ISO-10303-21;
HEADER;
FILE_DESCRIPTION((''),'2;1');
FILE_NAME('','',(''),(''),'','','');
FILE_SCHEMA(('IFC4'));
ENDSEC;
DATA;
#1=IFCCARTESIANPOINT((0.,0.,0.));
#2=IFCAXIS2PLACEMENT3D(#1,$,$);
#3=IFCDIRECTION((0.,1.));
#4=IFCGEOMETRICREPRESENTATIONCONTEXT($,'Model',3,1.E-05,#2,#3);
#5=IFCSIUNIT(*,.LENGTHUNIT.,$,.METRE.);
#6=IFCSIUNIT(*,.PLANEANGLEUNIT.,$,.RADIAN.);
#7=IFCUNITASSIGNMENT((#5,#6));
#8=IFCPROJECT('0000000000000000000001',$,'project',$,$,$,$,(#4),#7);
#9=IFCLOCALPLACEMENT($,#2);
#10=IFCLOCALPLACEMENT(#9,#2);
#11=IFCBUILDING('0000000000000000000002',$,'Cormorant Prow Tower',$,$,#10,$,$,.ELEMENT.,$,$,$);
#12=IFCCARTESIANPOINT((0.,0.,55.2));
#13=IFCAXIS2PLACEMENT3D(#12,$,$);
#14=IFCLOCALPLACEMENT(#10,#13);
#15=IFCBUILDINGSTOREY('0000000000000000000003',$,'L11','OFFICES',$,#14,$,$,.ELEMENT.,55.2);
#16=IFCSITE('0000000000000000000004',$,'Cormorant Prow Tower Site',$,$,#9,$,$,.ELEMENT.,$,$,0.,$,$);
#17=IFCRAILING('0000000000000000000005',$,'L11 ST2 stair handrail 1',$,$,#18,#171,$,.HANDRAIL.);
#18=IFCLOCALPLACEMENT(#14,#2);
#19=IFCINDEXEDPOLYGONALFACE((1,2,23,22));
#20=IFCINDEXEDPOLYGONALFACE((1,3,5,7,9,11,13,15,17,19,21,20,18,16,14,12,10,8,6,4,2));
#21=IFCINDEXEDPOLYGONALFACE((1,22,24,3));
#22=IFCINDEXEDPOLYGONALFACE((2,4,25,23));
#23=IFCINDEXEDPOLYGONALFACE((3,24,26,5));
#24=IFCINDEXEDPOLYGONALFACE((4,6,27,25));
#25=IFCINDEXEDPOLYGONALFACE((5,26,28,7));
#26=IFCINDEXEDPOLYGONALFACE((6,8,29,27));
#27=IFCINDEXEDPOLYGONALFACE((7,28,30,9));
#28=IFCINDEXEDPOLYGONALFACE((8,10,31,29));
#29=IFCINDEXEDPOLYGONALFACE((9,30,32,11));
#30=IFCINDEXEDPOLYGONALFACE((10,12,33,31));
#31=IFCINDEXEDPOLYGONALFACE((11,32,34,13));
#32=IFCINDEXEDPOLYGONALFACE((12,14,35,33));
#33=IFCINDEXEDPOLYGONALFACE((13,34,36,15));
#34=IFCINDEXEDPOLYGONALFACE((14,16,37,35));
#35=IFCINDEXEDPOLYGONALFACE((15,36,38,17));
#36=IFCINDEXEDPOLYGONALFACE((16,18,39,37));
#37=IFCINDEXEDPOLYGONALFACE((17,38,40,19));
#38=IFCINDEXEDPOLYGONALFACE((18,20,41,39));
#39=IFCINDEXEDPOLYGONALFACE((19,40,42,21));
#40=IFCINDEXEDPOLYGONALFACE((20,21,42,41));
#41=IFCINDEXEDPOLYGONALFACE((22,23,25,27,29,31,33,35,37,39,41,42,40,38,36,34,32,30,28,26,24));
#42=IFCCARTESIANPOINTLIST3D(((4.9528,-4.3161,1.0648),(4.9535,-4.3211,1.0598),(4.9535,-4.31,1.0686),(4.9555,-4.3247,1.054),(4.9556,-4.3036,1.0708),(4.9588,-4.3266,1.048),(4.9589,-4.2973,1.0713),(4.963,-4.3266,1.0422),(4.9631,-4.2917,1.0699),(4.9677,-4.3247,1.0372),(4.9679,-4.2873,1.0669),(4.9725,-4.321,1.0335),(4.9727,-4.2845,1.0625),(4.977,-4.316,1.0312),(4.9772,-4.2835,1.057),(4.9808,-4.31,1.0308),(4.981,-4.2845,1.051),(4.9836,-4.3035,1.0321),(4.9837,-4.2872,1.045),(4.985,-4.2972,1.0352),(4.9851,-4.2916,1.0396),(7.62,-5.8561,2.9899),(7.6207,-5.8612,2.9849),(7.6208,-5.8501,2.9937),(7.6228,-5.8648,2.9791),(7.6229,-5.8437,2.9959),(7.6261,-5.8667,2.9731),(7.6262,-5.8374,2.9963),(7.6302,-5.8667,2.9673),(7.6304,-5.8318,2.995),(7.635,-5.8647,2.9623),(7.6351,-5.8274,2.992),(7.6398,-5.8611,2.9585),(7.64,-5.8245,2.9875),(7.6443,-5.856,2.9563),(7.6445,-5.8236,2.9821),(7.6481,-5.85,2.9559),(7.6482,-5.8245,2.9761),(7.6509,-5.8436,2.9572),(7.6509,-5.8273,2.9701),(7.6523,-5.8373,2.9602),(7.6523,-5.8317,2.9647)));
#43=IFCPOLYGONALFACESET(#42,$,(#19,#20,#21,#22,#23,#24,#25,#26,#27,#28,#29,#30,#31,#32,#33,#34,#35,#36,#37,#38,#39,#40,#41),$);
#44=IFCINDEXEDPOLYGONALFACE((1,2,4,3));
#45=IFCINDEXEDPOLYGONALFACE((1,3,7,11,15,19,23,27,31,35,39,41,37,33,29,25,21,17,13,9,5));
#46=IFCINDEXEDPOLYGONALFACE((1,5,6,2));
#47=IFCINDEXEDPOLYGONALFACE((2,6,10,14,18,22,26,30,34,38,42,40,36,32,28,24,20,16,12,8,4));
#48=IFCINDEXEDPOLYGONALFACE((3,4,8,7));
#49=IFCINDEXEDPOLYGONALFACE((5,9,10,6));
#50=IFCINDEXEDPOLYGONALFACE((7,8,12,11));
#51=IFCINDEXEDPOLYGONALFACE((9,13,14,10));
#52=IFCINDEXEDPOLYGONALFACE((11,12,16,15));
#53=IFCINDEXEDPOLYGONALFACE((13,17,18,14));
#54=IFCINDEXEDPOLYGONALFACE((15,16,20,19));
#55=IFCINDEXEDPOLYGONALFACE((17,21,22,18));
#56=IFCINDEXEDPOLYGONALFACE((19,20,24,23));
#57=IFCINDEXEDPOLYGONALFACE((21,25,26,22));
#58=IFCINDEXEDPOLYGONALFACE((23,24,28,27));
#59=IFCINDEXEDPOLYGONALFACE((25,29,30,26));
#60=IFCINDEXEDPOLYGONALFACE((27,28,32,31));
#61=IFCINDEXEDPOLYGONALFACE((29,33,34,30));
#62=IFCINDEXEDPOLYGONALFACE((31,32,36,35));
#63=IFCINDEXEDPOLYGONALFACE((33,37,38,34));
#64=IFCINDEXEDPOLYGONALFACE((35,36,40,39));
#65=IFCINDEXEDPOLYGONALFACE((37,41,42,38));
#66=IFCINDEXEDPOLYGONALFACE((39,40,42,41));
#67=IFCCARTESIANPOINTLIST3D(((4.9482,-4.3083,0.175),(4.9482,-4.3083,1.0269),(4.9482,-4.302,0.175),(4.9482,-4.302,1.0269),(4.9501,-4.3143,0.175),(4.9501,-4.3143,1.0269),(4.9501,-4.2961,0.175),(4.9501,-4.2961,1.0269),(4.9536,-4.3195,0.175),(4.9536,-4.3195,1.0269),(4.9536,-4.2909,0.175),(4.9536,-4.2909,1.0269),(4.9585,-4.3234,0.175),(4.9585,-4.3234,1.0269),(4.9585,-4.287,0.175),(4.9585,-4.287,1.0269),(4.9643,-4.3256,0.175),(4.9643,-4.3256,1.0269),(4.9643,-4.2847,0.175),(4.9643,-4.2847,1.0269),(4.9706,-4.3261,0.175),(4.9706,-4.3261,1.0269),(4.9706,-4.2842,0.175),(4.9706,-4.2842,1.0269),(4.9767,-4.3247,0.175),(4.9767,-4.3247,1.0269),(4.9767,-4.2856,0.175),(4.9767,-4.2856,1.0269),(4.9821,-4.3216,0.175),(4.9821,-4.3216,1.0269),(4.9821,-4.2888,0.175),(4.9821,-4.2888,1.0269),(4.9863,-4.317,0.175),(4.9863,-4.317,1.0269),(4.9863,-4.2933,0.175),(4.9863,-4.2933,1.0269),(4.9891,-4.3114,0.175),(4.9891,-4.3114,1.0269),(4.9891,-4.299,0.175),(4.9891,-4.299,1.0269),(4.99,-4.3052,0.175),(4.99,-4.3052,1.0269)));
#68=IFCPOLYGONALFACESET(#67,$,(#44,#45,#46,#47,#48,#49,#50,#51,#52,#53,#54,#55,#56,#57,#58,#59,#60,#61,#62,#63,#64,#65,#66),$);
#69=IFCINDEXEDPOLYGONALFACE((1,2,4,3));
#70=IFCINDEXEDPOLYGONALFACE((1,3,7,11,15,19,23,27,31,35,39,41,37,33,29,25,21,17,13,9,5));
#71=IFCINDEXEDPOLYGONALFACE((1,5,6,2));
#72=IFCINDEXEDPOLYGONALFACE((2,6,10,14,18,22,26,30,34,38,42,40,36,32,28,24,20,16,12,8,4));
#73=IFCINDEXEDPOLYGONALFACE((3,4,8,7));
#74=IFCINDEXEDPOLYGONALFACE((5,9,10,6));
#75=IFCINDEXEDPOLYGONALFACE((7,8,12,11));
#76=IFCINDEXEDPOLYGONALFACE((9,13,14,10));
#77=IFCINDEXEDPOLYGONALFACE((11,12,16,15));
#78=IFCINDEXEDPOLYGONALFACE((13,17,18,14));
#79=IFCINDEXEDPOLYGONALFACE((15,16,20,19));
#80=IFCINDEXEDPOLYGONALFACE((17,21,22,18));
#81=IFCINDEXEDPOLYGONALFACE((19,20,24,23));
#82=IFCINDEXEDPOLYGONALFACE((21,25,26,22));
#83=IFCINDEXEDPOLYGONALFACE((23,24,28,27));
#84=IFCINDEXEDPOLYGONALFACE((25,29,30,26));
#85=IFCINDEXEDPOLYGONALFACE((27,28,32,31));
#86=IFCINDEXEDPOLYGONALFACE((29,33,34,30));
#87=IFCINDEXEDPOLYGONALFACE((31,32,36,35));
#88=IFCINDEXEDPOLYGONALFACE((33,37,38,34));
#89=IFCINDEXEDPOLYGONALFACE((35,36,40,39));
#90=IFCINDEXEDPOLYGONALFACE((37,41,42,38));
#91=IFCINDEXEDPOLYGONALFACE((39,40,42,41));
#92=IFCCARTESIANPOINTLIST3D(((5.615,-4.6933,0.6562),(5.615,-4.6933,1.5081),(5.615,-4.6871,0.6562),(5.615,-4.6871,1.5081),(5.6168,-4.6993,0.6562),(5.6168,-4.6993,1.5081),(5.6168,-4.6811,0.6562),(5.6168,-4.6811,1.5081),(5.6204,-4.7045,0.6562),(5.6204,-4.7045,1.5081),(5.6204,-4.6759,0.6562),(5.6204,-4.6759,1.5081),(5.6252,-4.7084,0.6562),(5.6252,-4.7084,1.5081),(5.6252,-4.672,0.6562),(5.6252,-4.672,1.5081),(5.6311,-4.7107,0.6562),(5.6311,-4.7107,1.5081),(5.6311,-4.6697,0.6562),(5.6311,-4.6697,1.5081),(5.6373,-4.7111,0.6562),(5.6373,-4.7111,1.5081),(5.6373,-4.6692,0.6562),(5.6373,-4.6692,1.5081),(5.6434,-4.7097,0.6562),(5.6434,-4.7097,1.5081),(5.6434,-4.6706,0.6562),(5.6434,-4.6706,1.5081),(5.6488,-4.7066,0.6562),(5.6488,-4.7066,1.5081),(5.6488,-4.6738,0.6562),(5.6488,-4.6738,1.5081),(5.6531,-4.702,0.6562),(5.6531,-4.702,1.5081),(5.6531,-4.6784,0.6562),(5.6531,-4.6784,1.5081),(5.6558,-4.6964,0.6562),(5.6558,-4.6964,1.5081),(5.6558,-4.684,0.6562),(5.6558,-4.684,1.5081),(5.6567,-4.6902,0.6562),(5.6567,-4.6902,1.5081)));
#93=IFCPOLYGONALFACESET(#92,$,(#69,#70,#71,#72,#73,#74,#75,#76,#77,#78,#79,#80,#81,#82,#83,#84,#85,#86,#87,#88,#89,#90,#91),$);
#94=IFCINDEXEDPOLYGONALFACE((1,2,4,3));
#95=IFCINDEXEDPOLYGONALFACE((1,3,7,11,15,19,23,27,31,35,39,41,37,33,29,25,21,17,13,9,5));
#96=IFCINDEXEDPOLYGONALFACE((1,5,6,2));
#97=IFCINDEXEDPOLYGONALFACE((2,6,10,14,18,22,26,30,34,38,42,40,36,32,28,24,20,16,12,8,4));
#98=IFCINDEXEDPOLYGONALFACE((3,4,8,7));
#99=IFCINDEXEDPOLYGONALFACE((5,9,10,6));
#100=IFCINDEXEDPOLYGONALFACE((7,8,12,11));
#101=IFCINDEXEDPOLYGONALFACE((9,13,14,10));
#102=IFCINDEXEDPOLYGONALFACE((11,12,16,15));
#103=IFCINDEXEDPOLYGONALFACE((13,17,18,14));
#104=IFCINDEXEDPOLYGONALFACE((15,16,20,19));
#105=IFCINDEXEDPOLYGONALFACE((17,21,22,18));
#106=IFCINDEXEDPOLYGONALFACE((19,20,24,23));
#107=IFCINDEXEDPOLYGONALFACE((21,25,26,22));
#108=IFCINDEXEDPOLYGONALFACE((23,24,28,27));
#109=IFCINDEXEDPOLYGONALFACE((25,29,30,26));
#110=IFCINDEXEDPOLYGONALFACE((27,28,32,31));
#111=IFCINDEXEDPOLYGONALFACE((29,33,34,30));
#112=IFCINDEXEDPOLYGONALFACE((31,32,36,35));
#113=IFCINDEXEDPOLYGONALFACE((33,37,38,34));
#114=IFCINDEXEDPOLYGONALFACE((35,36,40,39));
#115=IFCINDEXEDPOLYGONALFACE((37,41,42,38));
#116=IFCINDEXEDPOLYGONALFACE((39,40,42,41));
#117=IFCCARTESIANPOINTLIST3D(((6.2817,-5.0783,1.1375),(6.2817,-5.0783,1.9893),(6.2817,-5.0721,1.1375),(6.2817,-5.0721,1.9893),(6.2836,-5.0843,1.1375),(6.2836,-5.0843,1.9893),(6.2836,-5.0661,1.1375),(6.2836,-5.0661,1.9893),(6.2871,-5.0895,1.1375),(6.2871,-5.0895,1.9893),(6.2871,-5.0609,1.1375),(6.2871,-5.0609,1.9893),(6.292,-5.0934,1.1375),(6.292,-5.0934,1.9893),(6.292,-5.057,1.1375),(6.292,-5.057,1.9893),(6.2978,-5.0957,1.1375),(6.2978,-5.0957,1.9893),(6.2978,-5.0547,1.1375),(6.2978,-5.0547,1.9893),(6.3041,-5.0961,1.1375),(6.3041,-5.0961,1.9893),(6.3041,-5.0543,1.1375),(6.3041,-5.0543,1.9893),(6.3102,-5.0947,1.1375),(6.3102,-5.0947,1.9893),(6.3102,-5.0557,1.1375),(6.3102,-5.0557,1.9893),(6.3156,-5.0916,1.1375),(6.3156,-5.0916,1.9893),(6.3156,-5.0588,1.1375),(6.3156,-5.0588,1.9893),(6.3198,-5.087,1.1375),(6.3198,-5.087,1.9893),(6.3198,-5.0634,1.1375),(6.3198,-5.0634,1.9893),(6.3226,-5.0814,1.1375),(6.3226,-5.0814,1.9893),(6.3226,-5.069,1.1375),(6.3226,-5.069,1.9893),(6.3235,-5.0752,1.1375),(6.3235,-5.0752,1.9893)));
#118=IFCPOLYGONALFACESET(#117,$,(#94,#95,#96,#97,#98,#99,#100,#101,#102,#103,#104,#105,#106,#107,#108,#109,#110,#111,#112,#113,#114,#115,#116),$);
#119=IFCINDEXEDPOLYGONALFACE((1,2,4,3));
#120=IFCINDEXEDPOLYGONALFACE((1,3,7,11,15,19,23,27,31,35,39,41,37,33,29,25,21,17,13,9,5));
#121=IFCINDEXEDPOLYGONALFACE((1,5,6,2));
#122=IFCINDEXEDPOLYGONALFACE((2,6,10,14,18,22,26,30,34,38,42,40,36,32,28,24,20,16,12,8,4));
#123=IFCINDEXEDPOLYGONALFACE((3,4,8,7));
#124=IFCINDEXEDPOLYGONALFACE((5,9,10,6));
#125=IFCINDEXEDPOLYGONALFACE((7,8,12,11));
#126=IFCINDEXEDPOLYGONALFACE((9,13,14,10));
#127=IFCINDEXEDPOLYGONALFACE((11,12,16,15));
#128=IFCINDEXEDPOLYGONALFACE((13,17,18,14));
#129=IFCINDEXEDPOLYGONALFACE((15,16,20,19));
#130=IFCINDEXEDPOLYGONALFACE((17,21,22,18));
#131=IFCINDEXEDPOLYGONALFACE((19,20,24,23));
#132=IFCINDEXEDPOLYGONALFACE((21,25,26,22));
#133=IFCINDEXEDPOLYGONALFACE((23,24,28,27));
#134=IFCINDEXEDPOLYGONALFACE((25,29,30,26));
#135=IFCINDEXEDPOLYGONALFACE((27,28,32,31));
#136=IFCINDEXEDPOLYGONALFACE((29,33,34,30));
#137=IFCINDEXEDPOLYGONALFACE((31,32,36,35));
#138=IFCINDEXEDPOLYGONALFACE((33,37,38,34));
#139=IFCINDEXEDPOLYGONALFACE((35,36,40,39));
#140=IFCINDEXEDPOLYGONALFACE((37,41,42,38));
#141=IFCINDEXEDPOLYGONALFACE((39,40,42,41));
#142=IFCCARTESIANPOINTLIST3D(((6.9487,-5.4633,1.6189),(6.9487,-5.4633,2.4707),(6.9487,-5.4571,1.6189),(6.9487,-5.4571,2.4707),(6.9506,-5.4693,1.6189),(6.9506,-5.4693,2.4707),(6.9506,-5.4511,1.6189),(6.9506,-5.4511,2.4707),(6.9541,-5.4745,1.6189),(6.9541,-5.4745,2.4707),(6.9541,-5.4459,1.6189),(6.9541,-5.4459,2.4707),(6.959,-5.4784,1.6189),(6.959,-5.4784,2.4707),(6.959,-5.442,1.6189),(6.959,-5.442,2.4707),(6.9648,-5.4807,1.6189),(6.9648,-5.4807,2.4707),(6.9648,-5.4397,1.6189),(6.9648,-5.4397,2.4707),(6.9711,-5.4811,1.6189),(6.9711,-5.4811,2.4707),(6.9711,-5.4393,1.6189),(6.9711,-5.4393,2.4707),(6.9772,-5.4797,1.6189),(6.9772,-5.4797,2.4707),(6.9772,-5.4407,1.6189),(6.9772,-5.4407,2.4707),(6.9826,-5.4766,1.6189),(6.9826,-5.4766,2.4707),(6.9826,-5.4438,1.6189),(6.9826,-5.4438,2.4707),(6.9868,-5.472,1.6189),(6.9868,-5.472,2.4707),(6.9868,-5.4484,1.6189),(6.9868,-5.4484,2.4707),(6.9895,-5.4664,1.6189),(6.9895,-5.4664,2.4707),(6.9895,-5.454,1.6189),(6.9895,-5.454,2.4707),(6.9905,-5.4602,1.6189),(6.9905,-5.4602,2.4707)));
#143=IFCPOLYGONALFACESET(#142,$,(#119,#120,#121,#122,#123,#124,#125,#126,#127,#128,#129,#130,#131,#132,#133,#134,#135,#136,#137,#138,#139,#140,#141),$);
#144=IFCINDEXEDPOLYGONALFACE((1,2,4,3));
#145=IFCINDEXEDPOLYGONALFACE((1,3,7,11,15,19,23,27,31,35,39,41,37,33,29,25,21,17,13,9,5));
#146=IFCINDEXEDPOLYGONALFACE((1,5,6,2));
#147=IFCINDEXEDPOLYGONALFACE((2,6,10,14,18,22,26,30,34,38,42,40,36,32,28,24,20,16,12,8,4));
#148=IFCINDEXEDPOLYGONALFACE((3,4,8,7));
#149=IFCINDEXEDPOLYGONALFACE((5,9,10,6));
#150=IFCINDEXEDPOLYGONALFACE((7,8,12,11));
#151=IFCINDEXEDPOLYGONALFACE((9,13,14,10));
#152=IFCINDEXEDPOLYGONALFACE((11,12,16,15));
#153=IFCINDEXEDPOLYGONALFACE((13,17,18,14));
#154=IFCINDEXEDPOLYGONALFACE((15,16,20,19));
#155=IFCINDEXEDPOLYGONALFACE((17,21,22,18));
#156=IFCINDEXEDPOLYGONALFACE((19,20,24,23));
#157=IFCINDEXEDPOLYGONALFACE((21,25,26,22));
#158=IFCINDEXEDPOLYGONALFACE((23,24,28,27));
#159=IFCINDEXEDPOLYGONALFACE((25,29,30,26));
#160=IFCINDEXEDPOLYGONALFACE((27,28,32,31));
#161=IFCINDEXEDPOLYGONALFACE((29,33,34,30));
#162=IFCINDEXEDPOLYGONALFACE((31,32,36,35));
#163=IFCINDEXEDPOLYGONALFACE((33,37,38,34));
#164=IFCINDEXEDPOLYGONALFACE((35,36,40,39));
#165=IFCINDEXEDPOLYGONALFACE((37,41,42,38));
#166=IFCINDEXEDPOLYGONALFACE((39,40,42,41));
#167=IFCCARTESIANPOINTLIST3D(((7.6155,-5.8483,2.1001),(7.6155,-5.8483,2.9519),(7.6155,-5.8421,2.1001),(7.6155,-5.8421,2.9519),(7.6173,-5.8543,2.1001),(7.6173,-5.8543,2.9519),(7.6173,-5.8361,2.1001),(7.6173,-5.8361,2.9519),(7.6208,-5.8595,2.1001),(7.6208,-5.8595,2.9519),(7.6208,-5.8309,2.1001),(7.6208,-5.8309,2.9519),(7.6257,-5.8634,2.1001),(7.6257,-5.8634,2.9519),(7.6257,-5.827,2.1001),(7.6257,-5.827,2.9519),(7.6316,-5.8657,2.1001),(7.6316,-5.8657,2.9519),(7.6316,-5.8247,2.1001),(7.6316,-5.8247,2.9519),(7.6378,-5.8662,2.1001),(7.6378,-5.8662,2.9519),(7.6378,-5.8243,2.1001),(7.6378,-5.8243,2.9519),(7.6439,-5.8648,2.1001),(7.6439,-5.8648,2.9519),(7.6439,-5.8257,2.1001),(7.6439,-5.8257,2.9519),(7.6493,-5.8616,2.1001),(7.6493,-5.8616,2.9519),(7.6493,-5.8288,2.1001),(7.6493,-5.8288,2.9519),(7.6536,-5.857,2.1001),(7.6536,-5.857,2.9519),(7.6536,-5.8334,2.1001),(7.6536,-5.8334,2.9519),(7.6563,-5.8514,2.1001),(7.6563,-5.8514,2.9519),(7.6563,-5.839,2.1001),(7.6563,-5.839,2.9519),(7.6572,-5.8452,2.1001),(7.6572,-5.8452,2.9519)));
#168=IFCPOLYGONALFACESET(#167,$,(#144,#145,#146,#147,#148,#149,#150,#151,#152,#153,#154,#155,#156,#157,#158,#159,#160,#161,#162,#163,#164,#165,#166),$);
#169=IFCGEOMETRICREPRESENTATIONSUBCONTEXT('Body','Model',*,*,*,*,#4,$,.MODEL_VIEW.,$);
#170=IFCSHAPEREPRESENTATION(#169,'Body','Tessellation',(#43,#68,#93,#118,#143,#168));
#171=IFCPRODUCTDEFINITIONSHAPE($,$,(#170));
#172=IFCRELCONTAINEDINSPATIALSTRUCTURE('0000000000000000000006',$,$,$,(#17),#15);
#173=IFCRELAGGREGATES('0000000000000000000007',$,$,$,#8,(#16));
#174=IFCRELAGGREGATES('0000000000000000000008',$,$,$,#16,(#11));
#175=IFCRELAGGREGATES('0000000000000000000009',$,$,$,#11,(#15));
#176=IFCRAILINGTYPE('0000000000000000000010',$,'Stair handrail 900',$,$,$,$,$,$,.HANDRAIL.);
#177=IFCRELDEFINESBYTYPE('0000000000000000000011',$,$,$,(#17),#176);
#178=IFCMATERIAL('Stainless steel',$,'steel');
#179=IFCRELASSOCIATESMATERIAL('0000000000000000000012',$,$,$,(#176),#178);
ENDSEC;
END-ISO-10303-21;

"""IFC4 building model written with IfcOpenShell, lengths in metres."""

from ifc_helpers import new_model, si_unit, direction, frame, origin, origin_2d, place, context, subcontext, project, spatial, circle, extrude, material, type_object, element, save


model = new_model("IFC4")

# Units and contexts
model_context = context("Model", 3, precision=1e-05, world=origin(), true_north=direction((0.0, 1.0)))
body_context = subcontext(model_context, "Body", "Model", "MODEL_VIEW")
ifc_project = project(units=[si_unit("LENGTHUNIT", "METRE"), si_unit("PLANEANGLEUNIT", "RADIAN")], contexts=[model_context])

# Site, building, storey
site_placement = place(None, origin())
site = spatial("IfcSite", under=ifc_project, at=site_placement, Name="Cormorant Prow Tower Site", CompositionType="ELEMENT", RefElevation=0.0)
building_placement = place(site_placement, origin())
building = spatial("IfcBuilding", under=site, at=building_placement, Name="Cormorant Prow Tower", CompositionType="ELEMENT")
storey_placement = place(building_placement, frame((0.0, 0.0, 55.2)))
storey = spatial("IfcBuildingStorey", under=building, at=storey_placement, Name="L11", Description="OFFICES", CompositionType="ELEMENT", Elevation=55.2)

# Railing
ifc_material_1 = material(Name="Stainless steel", Category="steel")
railing_type_1 = type_object("IfcRailingType", Name="Stair handrail 900", PredefinedType="HANDRAIL", material=ifc_material_1)
railing_1_placement = place(storey_placement, frame((4.969, -4.3052, 0.175)))
element("IfcRailing", 1, at=railing_1_placement, inside=storey, type_object=railing_type_1, Name="L11 ST2 stair handrail 1", PredefinedType="HANDRAIL", context=body_context, shape_type="SweptSolid", body=[
    extrude(circle(Radius=0.0239, at=origin_2d()), frame((0.0, 0.0, 0.876), z_axis=(0.734364, -0.424015, 0.530019), x_axis=(0.500027, 0.86601, 0.0)), (0.0, 0.0, 1.0), 3.6321),
    extrude(circle(Radius=0.021, at=origin_2d()), origin(), (0.0, 0.0, 1.0), 0.8518),
    extrude(circle(Radius=0.021, at=origin_2d()), frame((0.6667, -0.385, 0.4812)), (0.0, 0.0, 1.0), 0.8518),
    extrude(circle(Radius=0.021, at=origin_2d()), frame((1.3335, -0.77, 0.9624)), (0.0, 0.0, 1.0), 0.8518),
    extrude(circle(Radius=0.021, at=origin_2d()), frame((2.0005, -1.155, 1.4438)), (0.0, 0.0, 1.0), 0.8518),
    extrude(circle(Radius=0.021, at=origin_2d()), frame((2.6672, -1.54, 1.925)), (0.0, 0.0, 1.0), 0.8518),
])

save(model, "model.ifc")
